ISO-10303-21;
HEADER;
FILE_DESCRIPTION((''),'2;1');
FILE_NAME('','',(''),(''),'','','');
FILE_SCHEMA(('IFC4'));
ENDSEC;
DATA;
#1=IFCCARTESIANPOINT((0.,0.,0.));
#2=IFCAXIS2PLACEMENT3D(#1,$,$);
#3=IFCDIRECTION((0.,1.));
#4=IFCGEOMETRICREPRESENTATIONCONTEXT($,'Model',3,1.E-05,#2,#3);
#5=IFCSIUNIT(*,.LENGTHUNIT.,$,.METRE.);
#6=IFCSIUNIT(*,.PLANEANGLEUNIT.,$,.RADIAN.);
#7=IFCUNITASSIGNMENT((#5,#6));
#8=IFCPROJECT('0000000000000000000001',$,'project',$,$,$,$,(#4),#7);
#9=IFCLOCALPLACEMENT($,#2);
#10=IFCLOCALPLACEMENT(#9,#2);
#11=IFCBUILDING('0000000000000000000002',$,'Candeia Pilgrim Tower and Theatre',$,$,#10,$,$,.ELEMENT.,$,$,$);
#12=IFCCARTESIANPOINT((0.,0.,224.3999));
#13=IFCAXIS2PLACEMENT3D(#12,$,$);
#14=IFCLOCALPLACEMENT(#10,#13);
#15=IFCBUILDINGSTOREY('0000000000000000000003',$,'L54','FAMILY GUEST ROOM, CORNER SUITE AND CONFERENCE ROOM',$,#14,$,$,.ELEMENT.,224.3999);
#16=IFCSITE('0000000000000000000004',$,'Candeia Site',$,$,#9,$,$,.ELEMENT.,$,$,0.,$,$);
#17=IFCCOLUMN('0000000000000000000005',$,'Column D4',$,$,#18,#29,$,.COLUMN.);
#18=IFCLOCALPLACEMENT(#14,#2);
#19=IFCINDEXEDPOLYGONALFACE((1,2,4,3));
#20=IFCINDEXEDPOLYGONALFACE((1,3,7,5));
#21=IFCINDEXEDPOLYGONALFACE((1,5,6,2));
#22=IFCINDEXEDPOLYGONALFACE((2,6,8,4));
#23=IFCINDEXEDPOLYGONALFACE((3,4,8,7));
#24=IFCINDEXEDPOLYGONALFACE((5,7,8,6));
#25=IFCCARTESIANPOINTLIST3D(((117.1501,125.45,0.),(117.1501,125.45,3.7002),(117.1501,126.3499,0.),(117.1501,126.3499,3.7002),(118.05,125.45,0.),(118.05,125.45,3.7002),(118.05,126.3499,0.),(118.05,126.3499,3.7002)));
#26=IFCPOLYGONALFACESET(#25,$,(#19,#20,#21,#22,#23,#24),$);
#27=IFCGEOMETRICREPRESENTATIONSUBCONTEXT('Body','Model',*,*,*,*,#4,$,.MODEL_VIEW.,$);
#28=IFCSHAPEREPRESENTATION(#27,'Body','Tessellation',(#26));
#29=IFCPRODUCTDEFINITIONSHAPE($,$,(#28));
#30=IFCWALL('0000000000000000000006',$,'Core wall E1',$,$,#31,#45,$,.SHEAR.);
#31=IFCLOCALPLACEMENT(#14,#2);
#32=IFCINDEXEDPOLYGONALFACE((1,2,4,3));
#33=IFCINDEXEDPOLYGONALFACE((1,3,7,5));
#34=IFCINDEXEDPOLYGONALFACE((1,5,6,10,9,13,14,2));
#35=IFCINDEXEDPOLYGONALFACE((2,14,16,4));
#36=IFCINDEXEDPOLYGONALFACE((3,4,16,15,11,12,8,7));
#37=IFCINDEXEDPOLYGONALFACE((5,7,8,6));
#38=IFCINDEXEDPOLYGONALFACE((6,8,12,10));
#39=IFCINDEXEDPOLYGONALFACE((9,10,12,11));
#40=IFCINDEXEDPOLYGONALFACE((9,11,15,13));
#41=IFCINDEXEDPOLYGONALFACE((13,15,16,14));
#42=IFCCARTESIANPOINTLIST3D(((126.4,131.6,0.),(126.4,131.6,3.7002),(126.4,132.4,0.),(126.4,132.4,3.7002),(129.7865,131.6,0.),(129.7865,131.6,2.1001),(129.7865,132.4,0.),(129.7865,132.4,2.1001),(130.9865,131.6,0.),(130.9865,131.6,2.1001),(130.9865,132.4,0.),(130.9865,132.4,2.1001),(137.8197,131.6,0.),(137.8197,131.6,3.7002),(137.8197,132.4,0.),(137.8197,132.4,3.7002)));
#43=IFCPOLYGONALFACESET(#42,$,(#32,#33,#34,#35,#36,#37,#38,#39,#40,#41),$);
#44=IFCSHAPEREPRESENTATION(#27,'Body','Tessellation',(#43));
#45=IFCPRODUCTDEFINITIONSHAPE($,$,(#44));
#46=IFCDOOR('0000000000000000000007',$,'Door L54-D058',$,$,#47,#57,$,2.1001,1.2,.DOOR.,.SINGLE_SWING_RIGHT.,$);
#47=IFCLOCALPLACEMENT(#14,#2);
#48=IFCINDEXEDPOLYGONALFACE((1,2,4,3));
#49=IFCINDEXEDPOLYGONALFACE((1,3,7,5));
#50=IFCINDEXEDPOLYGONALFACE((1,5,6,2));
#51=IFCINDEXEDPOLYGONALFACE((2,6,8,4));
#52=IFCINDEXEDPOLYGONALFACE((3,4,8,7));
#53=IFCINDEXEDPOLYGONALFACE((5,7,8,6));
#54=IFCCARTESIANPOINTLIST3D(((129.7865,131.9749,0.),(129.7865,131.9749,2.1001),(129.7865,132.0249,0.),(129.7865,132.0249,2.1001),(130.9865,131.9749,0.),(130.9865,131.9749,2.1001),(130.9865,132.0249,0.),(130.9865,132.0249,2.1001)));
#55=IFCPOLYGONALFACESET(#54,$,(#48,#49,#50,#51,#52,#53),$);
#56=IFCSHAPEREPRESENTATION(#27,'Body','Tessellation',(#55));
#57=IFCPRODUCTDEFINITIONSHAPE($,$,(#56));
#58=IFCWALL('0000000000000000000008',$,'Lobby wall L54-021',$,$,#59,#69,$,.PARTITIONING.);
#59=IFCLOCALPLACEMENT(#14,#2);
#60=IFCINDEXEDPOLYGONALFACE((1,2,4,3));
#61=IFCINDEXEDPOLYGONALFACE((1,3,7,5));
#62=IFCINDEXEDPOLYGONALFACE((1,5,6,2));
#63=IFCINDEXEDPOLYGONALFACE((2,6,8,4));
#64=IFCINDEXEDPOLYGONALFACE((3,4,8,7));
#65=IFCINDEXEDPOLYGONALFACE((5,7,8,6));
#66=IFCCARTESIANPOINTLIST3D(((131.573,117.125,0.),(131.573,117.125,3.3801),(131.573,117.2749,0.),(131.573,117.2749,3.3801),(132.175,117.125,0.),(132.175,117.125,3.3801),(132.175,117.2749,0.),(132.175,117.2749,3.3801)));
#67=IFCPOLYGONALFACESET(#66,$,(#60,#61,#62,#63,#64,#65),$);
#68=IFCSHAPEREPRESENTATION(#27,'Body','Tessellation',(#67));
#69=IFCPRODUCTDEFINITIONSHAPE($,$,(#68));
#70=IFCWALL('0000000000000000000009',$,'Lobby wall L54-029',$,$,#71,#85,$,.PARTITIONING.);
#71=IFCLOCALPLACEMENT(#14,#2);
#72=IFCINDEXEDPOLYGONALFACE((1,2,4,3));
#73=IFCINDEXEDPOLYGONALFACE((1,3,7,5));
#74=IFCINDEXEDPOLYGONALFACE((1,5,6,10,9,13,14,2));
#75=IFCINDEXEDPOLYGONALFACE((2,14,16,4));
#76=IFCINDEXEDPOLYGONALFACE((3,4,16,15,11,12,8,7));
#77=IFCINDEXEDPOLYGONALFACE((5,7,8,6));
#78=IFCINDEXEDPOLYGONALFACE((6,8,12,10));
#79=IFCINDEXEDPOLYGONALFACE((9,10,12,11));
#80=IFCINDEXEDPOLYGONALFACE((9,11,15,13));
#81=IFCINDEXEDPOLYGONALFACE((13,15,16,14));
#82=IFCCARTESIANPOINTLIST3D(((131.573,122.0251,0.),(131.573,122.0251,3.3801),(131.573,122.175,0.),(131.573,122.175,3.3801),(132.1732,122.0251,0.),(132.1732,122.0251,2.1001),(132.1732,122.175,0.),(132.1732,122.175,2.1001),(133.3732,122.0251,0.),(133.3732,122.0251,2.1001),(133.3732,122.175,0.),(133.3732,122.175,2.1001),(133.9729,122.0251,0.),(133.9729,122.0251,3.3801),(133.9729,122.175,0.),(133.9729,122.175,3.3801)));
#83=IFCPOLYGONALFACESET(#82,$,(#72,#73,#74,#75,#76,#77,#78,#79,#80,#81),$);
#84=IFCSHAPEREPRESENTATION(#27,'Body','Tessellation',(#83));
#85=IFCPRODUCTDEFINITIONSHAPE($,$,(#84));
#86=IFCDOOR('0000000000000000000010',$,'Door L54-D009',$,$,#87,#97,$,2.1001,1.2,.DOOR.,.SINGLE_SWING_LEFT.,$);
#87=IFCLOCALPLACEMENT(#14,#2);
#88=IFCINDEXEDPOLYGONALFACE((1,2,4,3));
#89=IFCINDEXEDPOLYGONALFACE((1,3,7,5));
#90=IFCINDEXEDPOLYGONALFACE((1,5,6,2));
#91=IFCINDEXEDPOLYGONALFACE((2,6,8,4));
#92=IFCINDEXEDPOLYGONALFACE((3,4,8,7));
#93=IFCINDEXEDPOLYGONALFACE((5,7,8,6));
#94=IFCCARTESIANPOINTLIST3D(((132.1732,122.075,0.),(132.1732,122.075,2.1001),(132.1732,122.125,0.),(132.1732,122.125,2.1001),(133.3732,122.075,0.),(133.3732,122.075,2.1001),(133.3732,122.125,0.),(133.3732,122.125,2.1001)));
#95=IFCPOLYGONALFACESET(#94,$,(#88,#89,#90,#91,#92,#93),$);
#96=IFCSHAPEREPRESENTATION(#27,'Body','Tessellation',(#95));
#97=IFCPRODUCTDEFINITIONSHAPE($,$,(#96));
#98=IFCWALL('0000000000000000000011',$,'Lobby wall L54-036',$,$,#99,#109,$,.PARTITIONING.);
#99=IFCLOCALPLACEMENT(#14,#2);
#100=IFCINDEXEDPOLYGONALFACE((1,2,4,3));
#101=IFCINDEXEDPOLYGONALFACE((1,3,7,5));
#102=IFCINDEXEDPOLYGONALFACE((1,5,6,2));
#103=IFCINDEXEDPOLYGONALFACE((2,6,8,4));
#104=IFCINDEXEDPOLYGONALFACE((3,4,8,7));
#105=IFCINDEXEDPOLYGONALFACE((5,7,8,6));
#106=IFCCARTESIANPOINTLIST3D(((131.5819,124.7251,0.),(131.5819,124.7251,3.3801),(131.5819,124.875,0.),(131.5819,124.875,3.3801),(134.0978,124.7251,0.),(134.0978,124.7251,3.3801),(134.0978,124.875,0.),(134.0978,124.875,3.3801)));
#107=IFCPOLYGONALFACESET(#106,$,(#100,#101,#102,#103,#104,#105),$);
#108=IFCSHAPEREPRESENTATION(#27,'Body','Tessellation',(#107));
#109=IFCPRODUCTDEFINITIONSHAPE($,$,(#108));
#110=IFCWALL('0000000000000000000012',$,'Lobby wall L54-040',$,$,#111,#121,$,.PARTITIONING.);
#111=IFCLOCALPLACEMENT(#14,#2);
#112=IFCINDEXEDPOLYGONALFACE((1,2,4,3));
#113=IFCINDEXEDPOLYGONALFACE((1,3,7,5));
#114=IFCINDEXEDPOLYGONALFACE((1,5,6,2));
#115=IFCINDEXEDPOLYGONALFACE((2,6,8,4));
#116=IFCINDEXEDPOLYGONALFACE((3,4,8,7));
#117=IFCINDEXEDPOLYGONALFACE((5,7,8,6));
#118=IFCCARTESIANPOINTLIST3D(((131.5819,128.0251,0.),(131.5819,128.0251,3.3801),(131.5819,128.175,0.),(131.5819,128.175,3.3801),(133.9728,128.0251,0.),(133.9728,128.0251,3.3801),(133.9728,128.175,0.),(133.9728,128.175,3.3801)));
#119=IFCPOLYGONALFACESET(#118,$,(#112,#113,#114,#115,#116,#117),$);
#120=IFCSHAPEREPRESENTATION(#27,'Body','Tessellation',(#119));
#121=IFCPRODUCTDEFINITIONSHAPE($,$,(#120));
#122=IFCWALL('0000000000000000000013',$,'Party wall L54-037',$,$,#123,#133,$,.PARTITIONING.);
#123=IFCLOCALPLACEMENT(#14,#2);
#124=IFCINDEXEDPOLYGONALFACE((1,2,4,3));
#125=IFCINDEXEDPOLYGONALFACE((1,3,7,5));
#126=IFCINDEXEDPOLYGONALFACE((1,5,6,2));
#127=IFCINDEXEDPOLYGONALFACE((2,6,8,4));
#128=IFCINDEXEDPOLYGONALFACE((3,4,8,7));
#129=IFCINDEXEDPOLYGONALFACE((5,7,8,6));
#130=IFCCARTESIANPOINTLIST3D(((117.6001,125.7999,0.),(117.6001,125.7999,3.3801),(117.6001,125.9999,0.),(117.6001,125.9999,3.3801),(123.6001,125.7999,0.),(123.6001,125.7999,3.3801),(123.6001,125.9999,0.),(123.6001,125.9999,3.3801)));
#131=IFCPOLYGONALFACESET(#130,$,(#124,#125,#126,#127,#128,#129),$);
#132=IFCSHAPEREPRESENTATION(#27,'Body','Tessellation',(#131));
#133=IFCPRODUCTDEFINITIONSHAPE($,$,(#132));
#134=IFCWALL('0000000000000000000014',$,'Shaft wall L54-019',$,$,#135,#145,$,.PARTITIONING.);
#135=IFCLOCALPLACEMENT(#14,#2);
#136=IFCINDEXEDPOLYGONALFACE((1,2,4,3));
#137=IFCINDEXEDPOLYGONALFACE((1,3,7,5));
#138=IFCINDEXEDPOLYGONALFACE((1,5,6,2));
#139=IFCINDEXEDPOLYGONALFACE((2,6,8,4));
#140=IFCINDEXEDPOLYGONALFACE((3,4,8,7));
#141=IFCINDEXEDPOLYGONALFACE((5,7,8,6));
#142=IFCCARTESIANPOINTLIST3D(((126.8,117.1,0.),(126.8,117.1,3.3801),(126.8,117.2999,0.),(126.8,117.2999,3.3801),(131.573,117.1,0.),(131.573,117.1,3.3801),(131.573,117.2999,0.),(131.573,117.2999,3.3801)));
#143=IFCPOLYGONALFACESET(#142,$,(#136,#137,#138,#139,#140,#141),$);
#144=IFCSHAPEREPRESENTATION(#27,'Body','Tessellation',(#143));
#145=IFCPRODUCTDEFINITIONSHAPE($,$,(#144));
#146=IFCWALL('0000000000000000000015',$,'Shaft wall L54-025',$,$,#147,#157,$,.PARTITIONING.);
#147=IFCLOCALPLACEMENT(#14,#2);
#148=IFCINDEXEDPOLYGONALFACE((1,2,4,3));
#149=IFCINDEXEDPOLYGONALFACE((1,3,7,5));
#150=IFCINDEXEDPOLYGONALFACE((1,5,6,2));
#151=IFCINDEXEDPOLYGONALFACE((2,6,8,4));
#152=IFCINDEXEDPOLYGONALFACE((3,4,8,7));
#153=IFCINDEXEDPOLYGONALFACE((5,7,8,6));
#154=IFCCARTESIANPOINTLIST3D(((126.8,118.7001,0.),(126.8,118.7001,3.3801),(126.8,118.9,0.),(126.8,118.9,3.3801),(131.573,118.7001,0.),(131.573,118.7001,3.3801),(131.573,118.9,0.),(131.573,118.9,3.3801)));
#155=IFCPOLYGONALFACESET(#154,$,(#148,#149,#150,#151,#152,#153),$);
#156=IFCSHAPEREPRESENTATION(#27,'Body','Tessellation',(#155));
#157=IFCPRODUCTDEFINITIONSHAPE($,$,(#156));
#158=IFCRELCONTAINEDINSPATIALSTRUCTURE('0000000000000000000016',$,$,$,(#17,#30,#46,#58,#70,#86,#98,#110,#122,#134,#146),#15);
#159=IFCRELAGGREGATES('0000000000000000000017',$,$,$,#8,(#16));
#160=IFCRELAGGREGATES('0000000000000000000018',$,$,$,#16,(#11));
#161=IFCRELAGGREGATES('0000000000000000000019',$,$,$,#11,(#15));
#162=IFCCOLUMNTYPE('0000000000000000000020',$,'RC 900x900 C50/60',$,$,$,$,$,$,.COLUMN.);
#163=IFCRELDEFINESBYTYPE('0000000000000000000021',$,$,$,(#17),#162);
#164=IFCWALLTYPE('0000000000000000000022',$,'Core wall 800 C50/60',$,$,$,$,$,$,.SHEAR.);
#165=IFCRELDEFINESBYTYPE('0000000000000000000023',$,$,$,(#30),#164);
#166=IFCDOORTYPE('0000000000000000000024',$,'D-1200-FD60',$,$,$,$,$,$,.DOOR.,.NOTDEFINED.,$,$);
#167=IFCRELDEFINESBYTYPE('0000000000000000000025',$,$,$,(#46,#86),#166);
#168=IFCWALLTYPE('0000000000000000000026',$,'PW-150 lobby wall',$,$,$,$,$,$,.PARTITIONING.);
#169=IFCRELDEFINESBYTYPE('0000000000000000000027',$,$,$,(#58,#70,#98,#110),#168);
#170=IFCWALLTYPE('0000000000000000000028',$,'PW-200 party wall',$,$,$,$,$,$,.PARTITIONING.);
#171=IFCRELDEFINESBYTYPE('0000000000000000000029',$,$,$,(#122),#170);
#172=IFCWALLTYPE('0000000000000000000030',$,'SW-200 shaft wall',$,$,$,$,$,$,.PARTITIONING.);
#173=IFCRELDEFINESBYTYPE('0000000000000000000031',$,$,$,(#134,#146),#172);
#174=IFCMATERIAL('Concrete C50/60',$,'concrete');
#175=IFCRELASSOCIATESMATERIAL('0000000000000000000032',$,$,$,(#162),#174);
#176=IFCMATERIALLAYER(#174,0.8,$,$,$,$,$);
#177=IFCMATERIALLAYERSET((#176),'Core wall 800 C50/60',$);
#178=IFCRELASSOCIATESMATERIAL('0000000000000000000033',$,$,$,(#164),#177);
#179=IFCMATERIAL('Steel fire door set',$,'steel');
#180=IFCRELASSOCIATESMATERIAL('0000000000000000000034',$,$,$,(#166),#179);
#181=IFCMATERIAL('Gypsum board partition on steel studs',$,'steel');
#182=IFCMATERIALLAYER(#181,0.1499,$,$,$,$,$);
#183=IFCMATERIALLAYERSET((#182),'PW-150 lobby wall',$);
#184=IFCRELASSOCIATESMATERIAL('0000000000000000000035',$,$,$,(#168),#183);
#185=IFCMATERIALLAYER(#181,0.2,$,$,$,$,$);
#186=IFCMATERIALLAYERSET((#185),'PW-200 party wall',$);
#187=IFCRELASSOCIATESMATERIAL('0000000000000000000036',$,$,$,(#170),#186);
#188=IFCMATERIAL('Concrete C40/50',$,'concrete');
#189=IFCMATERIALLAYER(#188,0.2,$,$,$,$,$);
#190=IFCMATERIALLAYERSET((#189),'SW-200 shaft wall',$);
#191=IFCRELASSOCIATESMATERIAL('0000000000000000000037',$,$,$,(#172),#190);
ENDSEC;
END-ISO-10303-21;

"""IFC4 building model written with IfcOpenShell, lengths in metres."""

from ifc_helpers import new_model, si_unit, direction, frame, frame_2d, origin, origin_2d, place, context, subcontext, project, spatial, rectangle, extrude, material, layer, layer_set, material_profile, profile_set, type_object, element, fill, save


model = new_model("IFC4")

# Units and contexts
model_context = context("Model", 3, precision=1e-05, world=origin(), true_north=direction((0.0, 1.0)))
body_context = subcontext(model_context, "Body", "Model", "MODEL_VIEW")
ifc_project = project(units=[si_unit("LENGTHUNIT", "METRE"), si_unit("PLANEANGLEUNIT", "RADIAN")], contexts=[model_context])

# Site, building, storey
site_placement = place(None, origin())
site = spatial("IfcSite", under=ifc_project, at=site_placement, Name="Candeia Site", CompositionType="ELEMENT", RefElevation=0.0)
building_placement = place(site_placement, origin())
building = spatial("IfcBuilding", under=site, at=building_placement, Name="Candeia Pilgrim Tower and Theatre", CompositionType="ELEMENT")
storey_placement = place(building_placement, frame((0.0, 0.0, 224.3999)))
storey = spatial("IfcBuildingStorey", under=building, at=storey_placement, Name="L54", Description="FAMILY GUEST ROOM, CORNER SUITE AND CONFERENCE ROOM", CompositionType="ELEMENT", Elevation=224.3999)

# Column
ifc_material_1 = material(Name="Concrete C50/60", Category="concrete")
ifc_material_profile = material_profile(ifc_material_1, rectangle(XDim=0.8999, YDim=0.8999, at=origin_2d()))
ifc_profile_set = profile_set([ifc_material_profile], Name="Concrete C50/60")
column_type = type_object("IfcColumnType", Name="RC 900x900 C50/60", PredefinedType="COLUMN", material=ifc_profile_set)
column_placement = place(storey_placement, frame((117.6001, 125.8999, 0.0), z_axis=(0.0, 0.0, 1.0), x_axis=(1.0, 0.0, 0.0)))
element("IfcColumn", 1, at=column_placement, inside=storey, type_object=column_type, Name="Column D4", PredefinedType="COLUMN", context=body_context, shape_type="SweptSolid", body=[
    extrude(rectangle(XDim=0.8999, YDim=0.8999, at=origin_2d()), origin(), (0.0, 0.0, 1.0), 3.7002),
])

# Wall, opening, door
ifc_layer_1 = layer(ifc_material_1, 0.8)
ifc_layer_set_1 = layer_set([ifc_layer_1], Name="Core wall 800 C50/60")
wall_type_1 = type_object("IfcWallType", Name="Core wall 800 C50/60", PredefinedType="SHEAR", material=ifc_layer_set_1)
wall_1_placement = place(storey_placement, frame((126.3999, 132.0, 0.0), z_axis=(0.0, 0.0, 1.0), x_axis=(1.0, 0.0, 0.0)))
wall_1 = element("IfcWall", 2, at=wall_1_placement, inside=storey, type_object=wall_type_1, Name="Core wall E1", PredefinedType="SHEAR", context=body_context, shape_type="SweptSolid", body=[
    extrude(rectangle(XDim=11.4197, YDim=0.8, at=frame_2d((5.71, 0.0))), origin(), (0.0, 0.0, 1.0), 3.7002),
])
opening_1_placement = place(wall_1_placement, frame((3.3865, 0.0, 0.0)))
opening_1 = element("IfcOpeningElement", 3, at=opening_1_placement, cuts=wall_1, PredefinedType="OPENING", context=body_context, shape_type="SweptSolid", body=[
    extrude(rectangle(XDim=1.2, YDim=2.1001, at=frame_2d((0.6001, 1.05))), frame((0.0, 0.4102, 0.0), z_axis=(0.0, -1.0, 0.0), x_axis=(1.0, 0.0, 0.0)), (0.0, 0.0, 1.0), 0.8201),
])
ifc_material_2 = material(Name="Steel fire door set", Category="steel")
door_type_1 = type_object("IfcDoorType", Name="D-1200-FD60", OperationType="NOTDEFINED", PredefinedType="DOOR", material=ifc_material_2)
door_1_placement = place(opening_1_placement, origin())
door_1 = element("IfcDoor", 4, at=door_1_placement, inside=storey, type_object=door_type_1, Name="Door L54-D058", OperationType="SINGLE_SWING_RIGHT", OverallHeight=2.1001, OverallWidth=1.2, PredefinedType="DOOR", context=body_context, shape_type="SweptSolid", body=[
    extrude(rectangle(XDim=1.2, YDim=2.1001, at=frame_2d((0.6001, 1.05))), frame((0.0, 0.0249, 0.0), z_axis=(0.0, -1.0, 0.0), x_axis=(1.0, 0.0, 0.0)), (0.0, 0.0, 1.0), 0.05),
])
fill(opening_1, door_1)

# Wall
ifc_material_3 = material(Name="Gypsum board partition on steel studs", Category="steel")
ifc_layer_2 = layer(ifc_material_3, 0.1499)
ifc_layer_set_2 = layer_set([ifc_layer_2], Name="PW-150 lobby wall")
wall_type_2 = type_object("IfcWallType", Name="PW-150 lobby wall", PredefinedType="PARTITIONING", material=ifc_layer_set_2)
wall_2_placement = place(storey_placement, frame((131.573, 117.2, 0.0), z_axis=(0.0, 0.0, 1.0), x_axis=(1.0, 0.0, 0.0)))
element("IfcWall", 5, at=wall_2_placement, inside=storey, type_object=wall_type_2, Name="Lobby wall L54-021", PredefinedType="PARTITIONING", context=body_context, shape_type="SweptSolid", body=[
    extrude(rectangle(XDim=0.6021, YDim=0.1499, at=frame_2d((0.301, 0.0))), origin(), (0.0, 0.0, 1.0), 3.3801),
])

# Wall, opening, door
wall_3_placement = place(storey_placement, frame((131.573, 122.1001, 0.0), z_axis=(0.0, 0.0, 1.0), x_axis=(1.0, 0.0, 0.0)))
wall_3 = element("IfcWall", 6, at=wall_3_placement, inside=storey, type_object=wall_type_2, Name="Lobby wall L54-029", PredefinedType="PARTITIONING", context=body_context, shape_type="SweptSolid", body=[
    extrude(rectangle(XDim=2.3999, YDim=0.1499, at=frame_2d((1.2, 0.0))), origin(), (0.0, 0.0, 1.0), 3.3801),
])
opening_2_placement = place(wall_3_placement, frame((0.6001, 0.0, 0.0)))
opening_2 = element("IfcOpeningElement", 7, at=opening_2_placement, cuts=wall_3, PredefinedType="OPENING", context=body_context, shape_type="SweptSolid", body=[
    extrude(rectangle(XDim=1.2, YDim=2.1001, at=frame_2d((0.6001, 1.05))), frame((0.0, 0.085, 0.0), z_axis=(0.0, -1.0, 0.0), x_axis=(1.0, 0.0, 0.0)), (0.0, 0.0, 1.0), 0.1699),
])
door_2_placement = place(opening_2_placement, origin())
door_2 = element("IfcDoor", 8, at=door_2_placement, inside=storey, type_object=door_type_1, Name="Door L54-D009", OperationType="SINGLE_SWING_LEFT", OverallHeight=2.1001, OverallWidth=1.2, PredefinedType="DOOR", context=body_context, shape_type="SweptSolid", body=[
    extrude(rectangle(XDim=1.2, YDim=2.1001, at=frame_2d((0.6001, 1.05))), frame((0.0, 0.0249, 0.0), z_axis=(0.0, -1.0, 0.0), x_axis=(1.0, 0.0, 0.0)), (0.0, 0.0, 1.0), 0.05),
])
fill(opening_2, door_2)

# Walls
wall_4_placement = place(storey_placement, frame((131.582, 124.8, 0.0), z_axis=(0.0, 0.0, 1.0), x_axis=(1.0, 0.0, 0.0)))
element("IfcWall", 9, at=wall_4_placement, inside=storey, type_object=wall_type_2, Name="Lobby wall L54-036", PredefinedType="PARTITIONING", context=body_context, shape_type="SweptSolid", body=[
    extrude(rectangle(XDim=2.5159, YDim=0.1499, at=frame_2d((1.2578, 0.0))), origin(), (0.0, 0.0, 1.0), 3.3801),
])
wall_5_placement = place(storey_placement, frame((131.582, 128.1001, 0.0), z_axis=(0.0, 0.0, 1.0), x_axis=(1.0, 0.0, 0.0)))
element("IfcWall", 10, at=wall_5_placement, inside=storey, type_object=wall_type_2, Name="Lobby wall L54-040", PredefinedType="PARTITIONING", context=body_context, shape_type="SweptSolid", body=[
    extrude(rectangle(XDim=2.3909, YDim=0.1499, at=frame_2d((1.1953, 0.0))), origin(), (0.0, 0.0, 1.0), 3.3801),
])
ifc_layer_3 = layer(ifc_material_3, 0.2)
ifc_layer_set_3 = layer_set([ifc_layer_3], Name="PW-200 party wall")
wall_type_3 = type_object("IfcWallType", Name="PW-200 party wall", PredefinedType="PARTITIONING", material=ifc_layer_set_3)
wall_6_placement = place(storey_placement, frame((117.6001, 125.8999, 0.0), z_axis=(0.0, 0.0, 1.0), x_axis=(1.0, 0.0, 0.0)))
element("IfcWall", 11, at=wall_6_placement, inside=storey, type_object=wall_type_3, Name="Party wall L54-037", PredefinedType="PARTITIONING", context=body_context, shape_type="SweptSolid", body=[
    extrude(rectangle(XDim=6.0, YDim=0.2, at=frame_2d((3.0, 0.0))), origin(), (0.0, 0.0, 1.0), 3.3801),
])
ifc_material_4 = material(Name="Concrete C40/50", Category="concrete")
ifc_layer_4 = layer(ifc_material_4, 0.2)
ifc_layer_set_4 = layer_set([ifc_layer_4], Name="SW-200 shaft wall")
wall_type_4 = type_object("IfcWallType", Name="SW-200 shaft wall", PredefinedType="PARTITIONING", material=ifc_layer_set_4)
for number, where, z_axis, x_axis, name in (
    (12, (126.8, 117.2, 0.0), (0.0, 0.0, 1.0), (1.0, 0.0, 0.0), "Shaft wall L54-019"),
    (13, (126.8, 118.8, 0.0), (0.0, 0.0, 1.0), (1.0, 0.0, 0.0), "Shaft wall L54-025"),
):
    element("IfcWall", number, at=place(storey_placement, frame(where, z_axis=z_axis, x_axis=x_axis)), inside=storey, type_object=wall_type_4, Name=name, PredefinedType="PARTITIONING", context=body_context, shape_type="SweptSolid", body=[
        extrude(rectangle(XDim=4.7729, YDim=0.2, at=frame_2d((2.3865, 0.0))), origin(), (0.0, 0.0, 1.0), 3.3801),
    ])

save(model, "model.ifc")
